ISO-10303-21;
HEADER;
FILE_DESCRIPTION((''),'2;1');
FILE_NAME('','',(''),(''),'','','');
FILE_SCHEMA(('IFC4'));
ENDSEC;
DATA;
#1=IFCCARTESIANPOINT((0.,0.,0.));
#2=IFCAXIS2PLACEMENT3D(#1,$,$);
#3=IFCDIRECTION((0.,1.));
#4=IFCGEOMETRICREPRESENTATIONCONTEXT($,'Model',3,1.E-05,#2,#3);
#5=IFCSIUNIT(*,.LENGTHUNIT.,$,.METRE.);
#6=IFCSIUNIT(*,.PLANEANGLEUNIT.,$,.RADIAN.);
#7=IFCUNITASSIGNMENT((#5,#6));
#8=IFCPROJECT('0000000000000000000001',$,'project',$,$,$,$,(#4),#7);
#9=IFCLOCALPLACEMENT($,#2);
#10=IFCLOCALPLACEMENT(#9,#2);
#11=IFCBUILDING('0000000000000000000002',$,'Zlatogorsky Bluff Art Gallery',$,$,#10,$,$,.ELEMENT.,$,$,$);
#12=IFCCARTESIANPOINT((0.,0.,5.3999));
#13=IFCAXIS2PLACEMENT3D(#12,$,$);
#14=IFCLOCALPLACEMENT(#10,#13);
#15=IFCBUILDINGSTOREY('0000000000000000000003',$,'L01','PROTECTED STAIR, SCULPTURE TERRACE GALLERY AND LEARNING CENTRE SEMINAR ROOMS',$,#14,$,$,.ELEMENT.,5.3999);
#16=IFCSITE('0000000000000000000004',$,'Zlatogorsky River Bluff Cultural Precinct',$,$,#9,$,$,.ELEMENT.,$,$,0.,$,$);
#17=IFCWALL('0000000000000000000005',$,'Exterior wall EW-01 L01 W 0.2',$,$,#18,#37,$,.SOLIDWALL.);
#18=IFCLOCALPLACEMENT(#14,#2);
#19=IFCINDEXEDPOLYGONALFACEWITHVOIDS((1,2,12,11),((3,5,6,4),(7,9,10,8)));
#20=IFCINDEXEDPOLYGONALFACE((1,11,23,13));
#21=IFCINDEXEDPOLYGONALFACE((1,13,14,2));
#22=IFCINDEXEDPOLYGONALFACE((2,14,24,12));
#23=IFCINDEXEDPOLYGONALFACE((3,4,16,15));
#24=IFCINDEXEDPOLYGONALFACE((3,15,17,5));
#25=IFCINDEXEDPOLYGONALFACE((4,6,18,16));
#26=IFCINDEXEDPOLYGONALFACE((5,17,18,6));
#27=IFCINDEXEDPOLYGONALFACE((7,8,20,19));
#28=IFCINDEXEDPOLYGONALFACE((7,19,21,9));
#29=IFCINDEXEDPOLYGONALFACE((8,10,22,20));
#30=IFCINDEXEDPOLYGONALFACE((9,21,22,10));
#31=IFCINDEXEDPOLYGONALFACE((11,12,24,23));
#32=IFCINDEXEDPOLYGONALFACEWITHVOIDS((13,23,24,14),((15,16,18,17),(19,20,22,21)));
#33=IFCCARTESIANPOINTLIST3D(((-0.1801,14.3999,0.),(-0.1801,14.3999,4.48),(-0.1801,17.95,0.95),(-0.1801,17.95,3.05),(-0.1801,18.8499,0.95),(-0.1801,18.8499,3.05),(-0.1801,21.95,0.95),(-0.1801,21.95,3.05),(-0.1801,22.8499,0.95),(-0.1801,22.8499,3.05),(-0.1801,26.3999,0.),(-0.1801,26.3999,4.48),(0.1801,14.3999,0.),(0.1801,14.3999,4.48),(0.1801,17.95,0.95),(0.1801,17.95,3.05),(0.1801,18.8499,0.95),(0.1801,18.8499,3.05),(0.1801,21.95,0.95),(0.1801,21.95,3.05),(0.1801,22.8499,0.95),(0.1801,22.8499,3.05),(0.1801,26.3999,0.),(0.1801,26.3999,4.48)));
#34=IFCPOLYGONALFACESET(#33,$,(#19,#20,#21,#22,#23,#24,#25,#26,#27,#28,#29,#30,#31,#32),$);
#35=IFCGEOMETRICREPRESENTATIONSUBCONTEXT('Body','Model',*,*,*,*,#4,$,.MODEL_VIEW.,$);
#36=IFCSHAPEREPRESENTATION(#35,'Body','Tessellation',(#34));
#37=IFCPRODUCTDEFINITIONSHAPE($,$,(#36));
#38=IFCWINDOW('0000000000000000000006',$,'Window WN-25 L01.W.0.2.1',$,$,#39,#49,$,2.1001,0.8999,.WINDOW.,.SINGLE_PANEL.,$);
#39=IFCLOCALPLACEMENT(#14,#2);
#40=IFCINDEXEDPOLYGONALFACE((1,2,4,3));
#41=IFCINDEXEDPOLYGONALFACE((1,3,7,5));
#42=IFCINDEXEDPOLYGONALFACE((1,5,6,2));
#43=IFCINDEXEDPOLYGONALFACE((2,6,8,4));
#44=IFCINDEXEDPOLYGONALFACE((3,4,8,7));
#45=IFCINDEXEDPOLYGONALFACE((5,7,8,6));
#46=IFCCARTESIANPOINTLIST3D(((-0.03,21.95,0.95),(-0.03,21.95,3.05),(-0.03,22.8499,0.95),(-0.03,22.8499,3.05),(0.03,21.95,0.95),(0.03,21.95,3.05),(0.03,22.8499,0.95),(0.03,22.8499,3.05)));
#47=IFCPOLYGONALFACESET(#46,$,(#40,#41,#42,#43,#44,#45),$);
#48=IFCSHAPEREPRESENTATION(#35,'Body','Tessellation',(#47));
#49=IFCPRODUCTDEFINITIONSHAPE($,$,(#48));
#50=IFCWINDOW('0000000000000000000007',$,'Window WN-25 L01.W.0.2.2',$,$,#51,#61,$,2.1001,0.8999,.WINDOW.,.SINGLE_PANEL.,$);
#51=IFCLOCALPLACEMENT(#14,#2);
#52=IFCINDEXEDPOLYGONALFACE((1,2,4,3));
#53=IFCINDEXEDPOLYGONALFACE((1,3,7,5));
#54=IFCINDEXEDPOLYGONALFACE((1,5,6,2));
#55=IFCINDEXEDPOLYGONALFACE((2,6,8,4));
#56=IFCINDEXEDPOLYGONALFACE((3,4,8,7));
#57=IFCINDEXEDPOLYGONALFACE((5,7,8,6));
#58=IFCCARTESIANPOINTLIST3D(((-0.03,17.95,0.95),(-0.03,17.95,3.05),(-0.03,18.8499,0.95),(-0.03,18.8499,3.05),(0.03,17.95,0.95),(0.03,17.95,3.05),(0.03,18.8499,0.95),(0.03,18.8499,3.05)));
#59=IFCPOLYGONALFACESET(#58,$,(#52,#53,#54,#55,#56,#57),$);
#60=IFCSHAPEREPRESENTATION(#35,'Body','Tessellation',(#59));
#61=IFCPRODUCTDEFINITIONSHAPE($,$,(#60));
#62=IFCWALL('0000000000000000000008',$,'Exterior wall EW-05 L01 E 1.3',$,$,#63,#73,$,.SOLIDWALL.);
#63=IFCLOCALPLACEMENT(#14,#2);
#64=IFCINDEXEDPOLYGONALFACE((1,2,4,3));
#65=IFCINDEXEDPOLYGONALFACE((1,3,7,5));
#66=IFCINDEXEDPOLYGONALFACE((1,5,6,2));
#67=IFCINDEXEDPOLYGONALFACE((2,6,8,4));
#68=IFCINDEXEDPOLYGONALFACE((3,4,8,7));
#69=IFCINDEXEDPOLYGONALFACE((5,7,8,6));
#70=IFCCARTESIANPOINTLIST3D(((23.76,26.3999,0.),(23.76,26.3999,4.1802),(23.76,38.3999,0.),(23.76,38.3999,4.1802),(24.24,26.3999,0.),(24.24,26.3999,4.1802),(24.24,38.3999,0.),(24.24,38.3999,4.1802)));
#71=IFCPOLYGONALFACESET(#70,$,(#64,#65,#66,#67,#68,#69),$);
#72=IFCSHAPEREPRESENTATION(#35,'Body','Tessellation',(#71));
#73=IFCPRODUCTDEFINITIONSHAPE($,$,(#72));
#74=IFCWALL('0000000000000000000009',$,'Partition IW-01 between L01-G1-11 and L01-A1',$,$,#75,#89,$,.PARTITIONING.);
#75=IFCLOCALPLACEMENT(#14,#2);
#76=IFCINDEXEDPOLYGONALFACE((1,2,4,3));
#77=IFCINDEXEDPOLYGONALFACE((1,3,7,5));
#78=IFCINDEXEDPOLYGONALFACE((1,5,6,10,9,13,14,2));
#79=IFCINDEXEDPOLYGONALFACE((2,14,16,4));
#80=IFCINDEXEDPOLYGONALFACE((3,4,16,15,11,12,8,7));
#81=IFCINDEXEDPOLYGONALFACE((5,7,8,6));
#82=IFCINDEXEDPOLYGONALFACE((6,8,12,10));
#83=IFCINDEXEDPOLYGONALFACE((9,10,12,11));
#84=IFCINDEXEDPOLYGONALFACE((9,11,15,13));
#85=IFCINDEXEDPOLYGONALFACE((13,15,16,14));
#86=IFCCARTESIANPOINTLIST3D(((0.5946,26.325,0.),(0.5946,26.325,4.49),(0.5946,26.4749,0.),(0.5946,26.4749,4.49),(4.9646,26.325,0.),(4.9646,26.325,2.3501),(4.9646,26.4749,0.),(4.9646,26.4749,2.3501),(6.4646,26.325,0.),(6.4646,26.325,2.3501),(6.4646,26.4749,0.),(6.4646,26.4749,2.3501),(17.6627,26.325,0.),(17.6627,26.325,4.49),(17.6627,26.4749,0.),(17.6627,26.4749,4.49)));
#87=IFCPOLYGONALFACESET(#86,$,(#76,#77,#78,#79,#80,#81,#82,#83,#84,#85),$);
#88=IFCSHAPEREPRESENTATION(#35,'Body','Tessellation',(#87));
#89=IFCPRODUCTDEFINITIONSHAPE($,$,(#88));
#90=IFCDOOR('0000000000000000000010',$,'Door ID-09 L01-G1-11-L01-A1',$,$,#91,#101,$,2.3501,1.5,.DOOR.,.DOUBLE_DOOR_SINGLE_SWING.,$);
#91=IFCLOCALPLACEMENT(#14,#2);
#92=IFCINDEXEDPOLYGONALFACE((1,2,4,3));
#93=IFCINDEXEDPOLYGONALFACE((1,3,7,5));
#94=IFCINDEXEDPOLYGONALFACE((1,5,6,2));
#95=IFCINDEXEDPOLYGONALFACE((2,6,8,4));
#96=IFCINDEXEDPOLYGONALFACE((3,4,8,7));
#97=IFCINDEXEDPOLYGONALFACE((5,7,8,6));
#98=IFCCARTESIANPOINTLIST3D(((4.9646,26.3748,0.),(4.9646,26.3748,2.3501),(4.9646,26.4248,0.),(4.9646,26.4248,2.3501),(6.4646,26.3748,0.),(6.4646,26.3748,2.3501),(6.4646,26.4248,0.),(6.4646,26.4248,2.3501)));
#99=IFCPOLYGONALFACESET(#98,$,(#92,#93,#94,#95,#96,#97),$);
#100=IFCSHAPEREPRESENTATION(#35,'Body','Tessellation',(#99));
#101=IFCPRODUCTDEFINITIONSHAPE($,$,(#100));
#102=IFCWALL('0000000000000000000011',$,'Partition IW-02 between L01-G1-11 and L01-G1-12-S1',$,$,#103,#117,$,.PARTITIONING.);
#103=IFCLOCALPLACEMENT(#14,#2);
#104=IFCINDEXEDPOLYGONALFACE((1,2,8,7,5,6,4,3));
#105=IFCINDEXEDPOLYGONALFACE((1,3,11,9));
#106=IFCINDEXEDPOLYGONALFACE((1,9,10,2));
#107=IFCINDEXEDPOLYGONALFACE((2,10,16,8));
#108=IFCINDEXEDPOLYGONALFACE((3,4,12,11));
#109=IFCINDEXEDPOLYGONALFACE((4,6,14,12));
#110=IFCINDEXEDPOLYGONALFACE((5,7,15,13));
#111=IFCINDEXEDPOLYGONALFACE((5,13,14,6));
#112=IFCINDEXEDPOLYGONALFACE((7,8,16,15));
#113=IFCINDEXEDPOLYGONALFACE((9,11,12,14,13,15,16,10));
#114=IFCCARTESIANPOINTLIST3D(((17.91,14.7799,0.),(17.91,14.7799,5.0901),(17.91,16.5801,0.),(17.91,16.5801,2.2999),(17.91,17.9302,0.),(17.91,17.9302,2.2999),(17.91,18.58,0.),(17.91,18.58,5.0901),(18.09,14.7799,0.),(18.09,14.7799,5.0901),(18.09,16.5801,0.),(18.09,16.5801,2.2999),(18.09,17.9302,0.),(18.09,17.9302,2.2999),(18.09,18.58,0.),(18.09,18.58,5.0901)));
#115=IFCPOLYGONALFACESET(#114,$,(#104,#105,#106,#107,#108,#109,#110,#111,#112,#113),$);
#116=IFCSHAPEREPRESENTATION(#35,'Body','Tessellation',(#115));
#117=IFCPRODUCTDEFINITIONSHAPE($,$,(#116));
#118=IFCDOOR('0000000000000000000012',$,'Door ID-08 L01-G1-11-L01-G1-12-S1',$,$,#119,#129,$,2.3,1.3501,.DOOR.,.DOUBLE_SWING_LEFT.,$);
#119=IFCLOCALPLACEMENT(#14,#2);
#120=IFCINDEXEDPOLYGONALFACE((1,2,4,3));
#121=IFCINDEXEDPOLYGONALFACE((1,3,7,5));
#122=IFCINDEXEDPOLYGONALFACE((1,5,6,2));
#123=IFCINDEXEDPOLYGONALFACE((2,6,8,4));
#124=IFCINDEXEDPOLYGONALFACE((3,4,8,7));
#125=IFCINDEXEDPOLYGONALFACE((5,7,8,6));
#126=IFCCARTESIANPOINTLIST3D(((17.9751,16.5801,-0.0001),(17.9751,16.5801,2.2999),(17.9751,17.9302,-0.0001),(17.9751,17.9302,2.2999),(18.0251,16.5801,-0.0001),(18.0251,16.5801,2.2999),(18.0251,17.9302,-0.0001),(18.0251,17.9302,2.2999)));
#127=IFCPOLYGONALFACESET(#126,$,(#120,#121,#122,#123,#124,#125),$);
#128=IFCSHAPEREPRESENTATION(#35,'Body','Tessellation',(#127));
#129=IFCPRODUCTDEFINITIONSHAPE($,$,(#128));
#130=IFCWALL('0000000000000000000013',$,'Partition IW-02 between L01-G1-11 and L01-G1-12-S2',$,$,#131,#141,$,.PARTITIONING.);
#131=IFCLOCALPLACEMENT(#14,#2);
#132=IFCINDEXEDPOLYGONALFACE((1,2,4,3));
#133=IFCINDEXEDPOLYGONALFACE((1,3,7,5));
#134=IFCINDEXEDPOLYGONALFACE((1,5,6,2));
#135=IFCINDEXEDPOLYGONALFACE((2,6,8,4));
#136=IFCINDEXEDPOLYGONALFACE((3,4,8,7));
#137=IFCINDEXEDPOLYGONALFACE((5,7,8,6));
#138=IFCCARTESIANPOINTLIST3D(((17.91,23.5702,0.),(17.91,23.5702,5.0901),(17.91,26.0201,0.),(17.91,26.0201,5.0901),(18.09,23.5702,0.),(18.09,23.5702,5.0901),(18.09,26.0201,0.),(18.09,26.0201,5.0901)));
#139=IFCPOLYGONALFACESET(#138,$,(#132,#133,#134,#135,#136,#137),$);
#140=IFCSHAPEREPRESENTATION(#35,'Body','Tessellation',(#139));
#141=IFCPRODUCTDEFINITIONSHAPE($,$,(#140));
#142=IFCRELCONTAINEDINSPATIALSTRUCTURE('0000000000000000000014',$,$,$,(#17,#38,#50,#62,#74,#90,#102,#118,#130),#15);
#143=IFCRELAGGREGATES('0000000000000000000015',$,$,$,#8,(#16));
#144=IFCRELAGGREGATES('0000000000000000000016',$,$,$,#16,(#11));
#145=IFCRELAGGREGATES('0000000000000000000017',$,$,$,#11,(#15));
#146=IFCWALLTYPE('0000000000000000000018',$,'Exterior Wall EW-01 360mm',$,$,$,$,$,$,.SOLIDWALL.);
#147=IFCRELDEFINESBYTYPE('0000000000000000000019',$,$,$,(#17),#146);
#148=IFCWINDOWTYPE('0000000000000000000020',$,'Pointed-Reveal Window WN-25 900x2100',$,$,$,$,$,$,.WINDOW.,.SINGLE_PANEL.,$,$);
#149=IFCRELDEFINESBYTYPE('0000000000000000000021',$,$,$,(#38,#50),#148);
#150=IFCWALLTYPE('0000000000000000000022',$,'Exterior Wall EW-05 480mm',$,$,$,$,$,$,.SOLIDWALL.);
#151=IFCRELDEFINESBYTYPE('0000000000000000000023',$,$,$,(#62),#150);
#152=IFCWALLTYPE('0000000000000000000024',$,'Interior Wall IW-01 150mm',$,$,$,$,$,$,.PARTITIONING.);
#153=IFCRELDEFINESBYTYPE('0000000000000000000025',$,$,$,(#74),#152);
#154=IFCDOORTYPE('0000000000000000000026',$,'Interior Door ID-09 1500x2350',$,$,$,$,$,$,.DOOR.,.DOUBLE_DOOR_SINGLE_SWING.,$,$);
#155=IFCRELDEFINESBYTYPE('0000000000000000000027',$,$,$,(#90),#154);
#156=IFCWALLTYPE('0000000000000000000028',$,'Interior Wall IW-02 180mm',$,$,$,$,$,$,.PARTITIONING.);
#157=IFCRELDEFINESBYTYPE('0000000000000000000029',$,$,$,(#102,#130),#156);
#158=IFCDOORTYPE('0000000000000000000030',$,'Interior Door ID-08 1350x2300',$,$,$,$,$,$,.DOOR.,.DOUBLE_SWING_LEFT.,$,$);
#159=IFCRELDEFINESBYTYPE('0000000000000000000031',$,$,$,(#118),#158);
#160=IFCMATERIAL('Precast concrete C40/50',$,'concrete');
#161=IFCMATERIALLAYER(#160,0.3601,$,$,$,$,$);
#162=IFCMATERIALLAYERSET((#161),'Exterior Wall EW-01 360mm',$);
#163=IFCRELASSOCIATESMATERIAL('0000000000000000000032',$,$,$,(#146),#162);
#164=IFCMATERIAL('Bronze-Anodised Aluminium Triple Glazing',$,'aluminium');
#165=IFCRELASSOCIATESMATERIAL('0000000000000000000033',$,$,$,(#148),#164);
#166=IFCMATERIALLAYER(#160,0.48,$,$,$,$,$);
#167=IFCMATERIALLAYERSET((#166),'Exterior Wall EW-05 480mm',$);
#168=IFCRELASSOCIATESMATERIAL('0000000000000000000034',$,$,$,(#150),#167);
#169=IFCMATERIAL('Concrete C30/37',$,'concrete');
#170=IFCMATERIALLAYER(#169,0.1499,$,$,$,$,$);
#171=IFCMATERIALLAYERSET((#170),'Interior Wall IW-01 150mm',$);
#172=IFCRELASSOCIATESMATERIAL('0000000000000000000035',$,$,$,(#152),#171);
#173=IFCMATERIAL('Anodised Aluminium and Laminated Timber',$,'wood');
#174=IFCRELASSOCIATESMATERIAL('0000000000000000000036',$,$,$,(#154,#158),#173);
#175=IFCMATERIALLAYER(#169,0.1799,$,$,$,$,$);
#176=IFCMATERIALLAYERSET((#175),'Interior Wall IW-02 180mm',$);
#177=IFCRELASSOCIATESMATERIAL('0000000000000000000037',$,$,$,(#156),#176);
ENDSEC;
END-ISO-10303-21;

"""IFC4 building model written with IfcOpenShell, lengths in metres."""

from ifc_helpers import new_model, si_unit, direction, frame, frame_2d, origin, place, context, subcontext, project, spatial, rectangle, extrude, material, layer, layer_set, type_object, element, fill, save


model = new_model("IFC4")

# Units and contexts
model_context = context("Model", 3, precision=1e-05, world=origin(), true_north=direction((0.0, 1.0)))
body_context = subcontext(model_context, "Body", "Model", "MODEL_VIEW")
ifc_project = project(units=[si_unit("LENGTHUNIT", "METRE"), si_unit("PLANEANGLEUNIT", "RADIAN")], contexts=[model_context])

# Site, building, storey
site_placement = place(None, origin())
site = spatial("IfcSite", under=ifc_project, at=site_placement, Name="Zlatogorsky River Bluff Cultural Precinct", CompositionType="ELEMENT", RefElevation=0.0)
building_placement = place(site_placement, origin())
building = spatial("IfcBuilding", under=site, at=building_placement, Name="Zlatogorsky Bluff Art Gallery", CompositionType="ELEMENT")
storey_placement = place(building_placement, frame((0.0, 0.0, 5.3999)))
storey = spatial("IfcBuildingStorey", under=building, at=storey_placement, Name="L01", Description="PROTECTED STAIR, SCULPTURE TERRACE GALLERY AND LEARNING CENTRE SEMINAR ROOMS", CompositionType="ELEMENT", Elevation=5.3999)

# Wall, openings, windows
ifc_material_1 = material(Name="Precast concrete C40/50", Category="concrete")
ifc_layer_1 = layer(ifc_material_1, 0.3601)
ifc_layer_set_1 = layer_set([ifc_layer_1], Name="Exterior Wall EW-01 360mm")
wall_type_1 = type_object("IfcWallType", Name="Exterior Wall EW-01 360mm", PredefinedType="SOLIDWALL", material=ifc_layer_set_1)
wall_1_placement = place(storey_placement, frame((0.0, 26.3999, 0.0), z_axis=(0.0, 0.0, 1.0), x_axis=(0.0, -1.0, 0.0)))
wall_1 = element("IfcWall", 1, at=wall_1_placement, inside=storey, type_object=wall_type_1, Name="Exterior wall EW-01 L01 W 0.2", PredefinedType="SOLIDWALL", context=body_context, shape_type="SweptSolid", body=[
    extrude(rectangle(XDim=12.0, YDim=0.3601, at=frame_2d((6.0, 0.0))), origin(), (0.0, 0.0, 1.0), 4.48),
])
opening_1_placement = place(wall_1_placement, frame((3.55, 0.0, 0.95)))
opening_1 = element("IfcOpeningElement", 2, at=opening_1_placement, cuts=wall_1, PredefinedType="OPENING", context=body_context, shape_type="SweptSolid", body=[
    extrude(rectangle(XDim=0.8999, YDim=2.1001, at=frame_2d((0.45, 1.05))), frame((0.0, 0.1899, 0.0), z_axis=(0.0, -1.0, 0.0), x_axis=(1.0, 0.0, 0.0)), (0.0, 0.0, 1.0), 0.3801),
])
opening_2_placement = place(wall_1_placement, frame((7.55, 0.0, 0.95)))
opening_2 = element("IfcOpeningElement", 3, at=opening_2_placement, cuts=wall_1, PredefinedType="OPENING", context=body_context, shape_type="SweptSolid", body=[
    extrude(rectangle(XDim=0.8999, YDim=2.1001, at=frame_2d((0.45, 1.05))), frame((0.0, 0.1899, 0.0), z_axis=(0.0, -1.0, 0.0), x_axis=(1.0, 0.0, 0.0)), (0.0, 0.0, 1.0), 0.3801),
])
ifc_material_2 = material(Name="Bronze-Anodised Aluminium Triple Glazing", Category="aluminium")
window_type = type_object("IfcWindowType", Name="Pointed-Reveal Window WN-25 900x2100", PartitioningType="SINGLE_PANEL", PredefinedType="WINDOW", material=ifc_material_2)
window_1_placement = place(opening_1_placement, origin())
window_1 = element("IfcWindow", 4, at=window_1_placement, inside=storey, type_object=window_type, Name="Window WN-25 L01.W.0.2.1", OverallHeight=2.1001, OverallWidth=0.8999, PartitioningType="SINGLE_PANEL", PredefinedType="WINDOW", context=body_context, shape_type="SweptSolid", body=[
    extrude(rectangle(XDim=0.8999, YDim=2.1001, at=frame_2d((0.45, 1.05))), frame((0.0, 0.03, 0.0), z_axis=(0.0, -1.0, 0.0), x_axis=(1.0, 0.0, 0.0)), (0.0, 0.0, 1.0), 0.0601),
])
fill(opening_1, window_1)
window_2_placement = place(opening_2_placement, origin())
window_2 = element("IfcWindow", 5, at=window_2_placement, inside=storey, type_object=window_type, Name="Window WN-25 L01.W.0.2.2", OverallHeight=2.1001, OverallWidth=0.8999, PartitioningType="SINGLE_PANEL", PredefinedType="WINDOW", context=body_context, shape_type="SweptSolid", body=[
    extrude(rectangle(XDim=0.8999, YDim=2.1001, at=frame_2d((0.45, 1.05))), frame((0.0, 0.03, 0.0), z_axis=(0.0, -1.0, 0.0), x_axis=(1.0, 0.0, 0.0)), (0.0, 0.0, 1.0), 0.0601),
])
fill(opening_2, window_2)

# Wall
ifc_layer_2 = layer(ifc_material_1, 0.48)
ifc_layer_set_2 = layer_set([ifc_layer_2], Name="Exterior Wall EW-05 480mm")
wall_type_2 = type_object("IfcWallType", Name="Exterior Wall EW-05 480mm", PredefinedType="SOLIDWALL", material=ifc_layer_set_2)
wall_2_placement = place(storey_placement, frame((24.0, 26.3999, 0.0), z_axis=(0.0, 0.0, 1.0), x_axis=(0.0, 1.0, 0.0)))
element("IfcWall", 6, at=wall_2_placement, inside=storey, type_object=wall_type_2, Name="Exterior wall EW-05 L01 E 1.3", PredefinedType="SOLIDWALL", context=body_context, shape_type="SweptSolid", body=[
    extrude(rectangle(XDim=12.0, YDim=0.48, at=frame_2d((6.0, 0.0))), origin(), (0.0, 0.0, 1.0), 4.1802),
])

# Walls, openings, doors
ifc_material_3 = material(Name="Concrete C30/37", Category="concrete")
ifc_layer_3 = layer(ifc_material_3, 0.1499)
ifc_layer_set_3 = layer_set([ifc_layer_3], Name="Interior Wall IW-01 150mm")
wall_type_3 = type_object("IfcWallType", Name="Interior Wall IW-01 150mm", PredefinedType="PARTITIONING", material=ifc_layer_set_3)
wall_3_placement = place(storey_placement, frame((0.5945, 26.3999, 0.0), z_axis=(0.0, 0.0, 1.0), x_axis=(1.0, 0.0, 0.0)))
wall_3 = element("IfcWall", 7, at=wall_3_placement, inside=storey, type_object=wall_type_3, Name="Partition IW-01 between L01-G1-11 and L01-A1", PredefinedType="PARTITIONING", context=body_context, shape_type="SweptSolid", body=[
    extrude(rectangle(XDim=17.0681, YDim=0.1499, at=frame_2d((8.5342, 0.0))), origin(), (0.0, 0.0, 1.0), 4.49),
])
opening_3_placement = place(wall_3_placement, frame((4.3701, 0.0, 0.0)))
opening_3 = element("IfcOpeningElement", 8, at=opening_3_placement, cuts=wall_3, PredefinedType="OPENING", context=body_context, shape_type="SweptSolid", body=[
    extrude(rectangle(XDim=1.5, YDim=2.3501, at=frame_2d((0.75, 1.175))), frame((0.0, 0.085, 0.0), z_axis=(0.0, -1.0, 0.0), x_axis=(1.0, 0.0, 0.0)), (0.0, 0.0, 1.0), 0.1699),
])
ifc_material_4 = material(Name="Anodised Aluminium and Laminated Timber", Category="wood")
door_type_1 = type_object("IfcDoorType", Name="Interior Door ID-09 1500x2350", OperationType="DOUBLE_DOOR_SINGLE_SWING", PredefinedType="DOOR", material=ifc_material_4)
door_1_placement = place(opening_3_placement, origin())
door_1 = element("IfcDoor", 9, at=door_1_placement, inside=storey, type_object=door_type_1, Name="Door ID-09 L01-G1-11-L01-A1", OperationType="DOUBLE_DOOR_SINGLE_SWING", OverallHeight=2.3501, OverallWidth=1.5, PredefinedType="DOOR", context=body_context, shape_type="SweptSolid", body=[
    extrude(rectangle(XDim=1.5, YDim=2.3501, at=frame_2d((0.75, 1.175))), frame((0.0, 0.0249, 0.0), z_axis=(0.0, -1.0, 0.0), x_axis=(1.0, 0.0, 0.0)), (0.0, 0.0, 1.0), 0.05),
])
fill(opening_3, door_1)
ifc_layer_4 = layer(ifc_material_3, 0.1799)
ifc_layer_set_4 = layer_set([ifc_layer_4], Name="Interior Wall IW-02 180mm")
wall_type_4 = type_object("IfcWallType", Name="Interior Wall IW-02 180mm", PredefinedType="PARTITIONING", material=ifc_layer_set_4)
wall_4_placement = place(storey_placement, frame((18.0, 14.78, 0.0), z_axis=(0.0, 0.0, 1.0), x_axis=(0.0, 1.0, 0.0)))
wall_4 = element("IfcWall", 10, at=wall_4_placement, inside=storey, type_object=wall_type_4, Name="Partition IW-02 between L01-G1-11 and L01-G1-12-S1", PredefinedType="PARTITIONING", context=body_context, shape_type="SweptSolid", body=[
    extrude(rectangle(XDim=3.8, YDim=0.1799, at=frame_2d((1.8999, 0.0))), origin(), (0.0, 0.0, 1.0), 5.0901),
])
opening_4_placement = place(wall_4_placement, frame((1.8, 0.0, 0.0)))
opening_4 = element("IfcOpeningElement", 11, at=opening_4_placement, cuts=wall_4, PredefinedType="OPENING", context=body_context, shape_type="SweptSolid", body=[
    extrude(rectangle(XDim=1.3501, YDim=2.3, at=frame_2d((0.675, 1.1499))), frame((0.0, 0.0999, 0.0), z_axis=(0.0, -1.0, 0.0), x_axis=(1.0, 0.0, 0.0)), (0.0, 0.0, 1.0), 0.2),
])
door_type_2 = type_object("IfcDoorType", Name="Interior Door ID-08 1350x2300", OperationType="DOUBLE_SWING_LEFT", PredefinedType="DOOR", material=ifc_material_4)
door_2_placement = place(opening_4_placement, origin())
door_2 = element("IfcDoor", 12, at=door_2_placement, inside=storey, type_object=door_type_2, Name="Door ID-08 L01-G1-11-L01-G1-12-S1", OperationType="DOUBLE_SWING_LEFT", OverallHeight=2.3, OverallWidth=1.3501, PredefinedType="DOOR", context=body_context, shape_type="SweptSolid", body=[
    extrude(rectangle(XDim=1.3501, YDim=2.3, at=frame_2d((0.675, 1.1499))), frame((0.0, 0.0249, 0.0), z_axis=(0.0, -1.0, 0.0), x_axis=(1.0, 0.0, 0.0)), (0.0, 0.0, 1.0), 0.05),
])
fill(opening_4, door_2)

# Wall
wall_5_placement = place(storey_placement, frame((18.0, 23.5701, 0.0), z_axis=(0.0, 0.0, 1.0), x_axis=(0.0, 1.0, 0.0)))
element("IfcWall", 13, at=wall_5_placement, inside=storey, type_object=wall_type_4, Name="Partition IW-02 between L01-G1-11 and L01-G1-12-S2", PredefinedType="PARTITIONING", context=body_context, shape_type="SweptSolid", body=[
    extrude(rectangle(XDim=2.45, YDim=0.1799, at=frame_2d((1.2251, 0.0))), origin(), (0.0, 0.0, 1.0), 5.0901),
])

save(model, "model.ifc")
